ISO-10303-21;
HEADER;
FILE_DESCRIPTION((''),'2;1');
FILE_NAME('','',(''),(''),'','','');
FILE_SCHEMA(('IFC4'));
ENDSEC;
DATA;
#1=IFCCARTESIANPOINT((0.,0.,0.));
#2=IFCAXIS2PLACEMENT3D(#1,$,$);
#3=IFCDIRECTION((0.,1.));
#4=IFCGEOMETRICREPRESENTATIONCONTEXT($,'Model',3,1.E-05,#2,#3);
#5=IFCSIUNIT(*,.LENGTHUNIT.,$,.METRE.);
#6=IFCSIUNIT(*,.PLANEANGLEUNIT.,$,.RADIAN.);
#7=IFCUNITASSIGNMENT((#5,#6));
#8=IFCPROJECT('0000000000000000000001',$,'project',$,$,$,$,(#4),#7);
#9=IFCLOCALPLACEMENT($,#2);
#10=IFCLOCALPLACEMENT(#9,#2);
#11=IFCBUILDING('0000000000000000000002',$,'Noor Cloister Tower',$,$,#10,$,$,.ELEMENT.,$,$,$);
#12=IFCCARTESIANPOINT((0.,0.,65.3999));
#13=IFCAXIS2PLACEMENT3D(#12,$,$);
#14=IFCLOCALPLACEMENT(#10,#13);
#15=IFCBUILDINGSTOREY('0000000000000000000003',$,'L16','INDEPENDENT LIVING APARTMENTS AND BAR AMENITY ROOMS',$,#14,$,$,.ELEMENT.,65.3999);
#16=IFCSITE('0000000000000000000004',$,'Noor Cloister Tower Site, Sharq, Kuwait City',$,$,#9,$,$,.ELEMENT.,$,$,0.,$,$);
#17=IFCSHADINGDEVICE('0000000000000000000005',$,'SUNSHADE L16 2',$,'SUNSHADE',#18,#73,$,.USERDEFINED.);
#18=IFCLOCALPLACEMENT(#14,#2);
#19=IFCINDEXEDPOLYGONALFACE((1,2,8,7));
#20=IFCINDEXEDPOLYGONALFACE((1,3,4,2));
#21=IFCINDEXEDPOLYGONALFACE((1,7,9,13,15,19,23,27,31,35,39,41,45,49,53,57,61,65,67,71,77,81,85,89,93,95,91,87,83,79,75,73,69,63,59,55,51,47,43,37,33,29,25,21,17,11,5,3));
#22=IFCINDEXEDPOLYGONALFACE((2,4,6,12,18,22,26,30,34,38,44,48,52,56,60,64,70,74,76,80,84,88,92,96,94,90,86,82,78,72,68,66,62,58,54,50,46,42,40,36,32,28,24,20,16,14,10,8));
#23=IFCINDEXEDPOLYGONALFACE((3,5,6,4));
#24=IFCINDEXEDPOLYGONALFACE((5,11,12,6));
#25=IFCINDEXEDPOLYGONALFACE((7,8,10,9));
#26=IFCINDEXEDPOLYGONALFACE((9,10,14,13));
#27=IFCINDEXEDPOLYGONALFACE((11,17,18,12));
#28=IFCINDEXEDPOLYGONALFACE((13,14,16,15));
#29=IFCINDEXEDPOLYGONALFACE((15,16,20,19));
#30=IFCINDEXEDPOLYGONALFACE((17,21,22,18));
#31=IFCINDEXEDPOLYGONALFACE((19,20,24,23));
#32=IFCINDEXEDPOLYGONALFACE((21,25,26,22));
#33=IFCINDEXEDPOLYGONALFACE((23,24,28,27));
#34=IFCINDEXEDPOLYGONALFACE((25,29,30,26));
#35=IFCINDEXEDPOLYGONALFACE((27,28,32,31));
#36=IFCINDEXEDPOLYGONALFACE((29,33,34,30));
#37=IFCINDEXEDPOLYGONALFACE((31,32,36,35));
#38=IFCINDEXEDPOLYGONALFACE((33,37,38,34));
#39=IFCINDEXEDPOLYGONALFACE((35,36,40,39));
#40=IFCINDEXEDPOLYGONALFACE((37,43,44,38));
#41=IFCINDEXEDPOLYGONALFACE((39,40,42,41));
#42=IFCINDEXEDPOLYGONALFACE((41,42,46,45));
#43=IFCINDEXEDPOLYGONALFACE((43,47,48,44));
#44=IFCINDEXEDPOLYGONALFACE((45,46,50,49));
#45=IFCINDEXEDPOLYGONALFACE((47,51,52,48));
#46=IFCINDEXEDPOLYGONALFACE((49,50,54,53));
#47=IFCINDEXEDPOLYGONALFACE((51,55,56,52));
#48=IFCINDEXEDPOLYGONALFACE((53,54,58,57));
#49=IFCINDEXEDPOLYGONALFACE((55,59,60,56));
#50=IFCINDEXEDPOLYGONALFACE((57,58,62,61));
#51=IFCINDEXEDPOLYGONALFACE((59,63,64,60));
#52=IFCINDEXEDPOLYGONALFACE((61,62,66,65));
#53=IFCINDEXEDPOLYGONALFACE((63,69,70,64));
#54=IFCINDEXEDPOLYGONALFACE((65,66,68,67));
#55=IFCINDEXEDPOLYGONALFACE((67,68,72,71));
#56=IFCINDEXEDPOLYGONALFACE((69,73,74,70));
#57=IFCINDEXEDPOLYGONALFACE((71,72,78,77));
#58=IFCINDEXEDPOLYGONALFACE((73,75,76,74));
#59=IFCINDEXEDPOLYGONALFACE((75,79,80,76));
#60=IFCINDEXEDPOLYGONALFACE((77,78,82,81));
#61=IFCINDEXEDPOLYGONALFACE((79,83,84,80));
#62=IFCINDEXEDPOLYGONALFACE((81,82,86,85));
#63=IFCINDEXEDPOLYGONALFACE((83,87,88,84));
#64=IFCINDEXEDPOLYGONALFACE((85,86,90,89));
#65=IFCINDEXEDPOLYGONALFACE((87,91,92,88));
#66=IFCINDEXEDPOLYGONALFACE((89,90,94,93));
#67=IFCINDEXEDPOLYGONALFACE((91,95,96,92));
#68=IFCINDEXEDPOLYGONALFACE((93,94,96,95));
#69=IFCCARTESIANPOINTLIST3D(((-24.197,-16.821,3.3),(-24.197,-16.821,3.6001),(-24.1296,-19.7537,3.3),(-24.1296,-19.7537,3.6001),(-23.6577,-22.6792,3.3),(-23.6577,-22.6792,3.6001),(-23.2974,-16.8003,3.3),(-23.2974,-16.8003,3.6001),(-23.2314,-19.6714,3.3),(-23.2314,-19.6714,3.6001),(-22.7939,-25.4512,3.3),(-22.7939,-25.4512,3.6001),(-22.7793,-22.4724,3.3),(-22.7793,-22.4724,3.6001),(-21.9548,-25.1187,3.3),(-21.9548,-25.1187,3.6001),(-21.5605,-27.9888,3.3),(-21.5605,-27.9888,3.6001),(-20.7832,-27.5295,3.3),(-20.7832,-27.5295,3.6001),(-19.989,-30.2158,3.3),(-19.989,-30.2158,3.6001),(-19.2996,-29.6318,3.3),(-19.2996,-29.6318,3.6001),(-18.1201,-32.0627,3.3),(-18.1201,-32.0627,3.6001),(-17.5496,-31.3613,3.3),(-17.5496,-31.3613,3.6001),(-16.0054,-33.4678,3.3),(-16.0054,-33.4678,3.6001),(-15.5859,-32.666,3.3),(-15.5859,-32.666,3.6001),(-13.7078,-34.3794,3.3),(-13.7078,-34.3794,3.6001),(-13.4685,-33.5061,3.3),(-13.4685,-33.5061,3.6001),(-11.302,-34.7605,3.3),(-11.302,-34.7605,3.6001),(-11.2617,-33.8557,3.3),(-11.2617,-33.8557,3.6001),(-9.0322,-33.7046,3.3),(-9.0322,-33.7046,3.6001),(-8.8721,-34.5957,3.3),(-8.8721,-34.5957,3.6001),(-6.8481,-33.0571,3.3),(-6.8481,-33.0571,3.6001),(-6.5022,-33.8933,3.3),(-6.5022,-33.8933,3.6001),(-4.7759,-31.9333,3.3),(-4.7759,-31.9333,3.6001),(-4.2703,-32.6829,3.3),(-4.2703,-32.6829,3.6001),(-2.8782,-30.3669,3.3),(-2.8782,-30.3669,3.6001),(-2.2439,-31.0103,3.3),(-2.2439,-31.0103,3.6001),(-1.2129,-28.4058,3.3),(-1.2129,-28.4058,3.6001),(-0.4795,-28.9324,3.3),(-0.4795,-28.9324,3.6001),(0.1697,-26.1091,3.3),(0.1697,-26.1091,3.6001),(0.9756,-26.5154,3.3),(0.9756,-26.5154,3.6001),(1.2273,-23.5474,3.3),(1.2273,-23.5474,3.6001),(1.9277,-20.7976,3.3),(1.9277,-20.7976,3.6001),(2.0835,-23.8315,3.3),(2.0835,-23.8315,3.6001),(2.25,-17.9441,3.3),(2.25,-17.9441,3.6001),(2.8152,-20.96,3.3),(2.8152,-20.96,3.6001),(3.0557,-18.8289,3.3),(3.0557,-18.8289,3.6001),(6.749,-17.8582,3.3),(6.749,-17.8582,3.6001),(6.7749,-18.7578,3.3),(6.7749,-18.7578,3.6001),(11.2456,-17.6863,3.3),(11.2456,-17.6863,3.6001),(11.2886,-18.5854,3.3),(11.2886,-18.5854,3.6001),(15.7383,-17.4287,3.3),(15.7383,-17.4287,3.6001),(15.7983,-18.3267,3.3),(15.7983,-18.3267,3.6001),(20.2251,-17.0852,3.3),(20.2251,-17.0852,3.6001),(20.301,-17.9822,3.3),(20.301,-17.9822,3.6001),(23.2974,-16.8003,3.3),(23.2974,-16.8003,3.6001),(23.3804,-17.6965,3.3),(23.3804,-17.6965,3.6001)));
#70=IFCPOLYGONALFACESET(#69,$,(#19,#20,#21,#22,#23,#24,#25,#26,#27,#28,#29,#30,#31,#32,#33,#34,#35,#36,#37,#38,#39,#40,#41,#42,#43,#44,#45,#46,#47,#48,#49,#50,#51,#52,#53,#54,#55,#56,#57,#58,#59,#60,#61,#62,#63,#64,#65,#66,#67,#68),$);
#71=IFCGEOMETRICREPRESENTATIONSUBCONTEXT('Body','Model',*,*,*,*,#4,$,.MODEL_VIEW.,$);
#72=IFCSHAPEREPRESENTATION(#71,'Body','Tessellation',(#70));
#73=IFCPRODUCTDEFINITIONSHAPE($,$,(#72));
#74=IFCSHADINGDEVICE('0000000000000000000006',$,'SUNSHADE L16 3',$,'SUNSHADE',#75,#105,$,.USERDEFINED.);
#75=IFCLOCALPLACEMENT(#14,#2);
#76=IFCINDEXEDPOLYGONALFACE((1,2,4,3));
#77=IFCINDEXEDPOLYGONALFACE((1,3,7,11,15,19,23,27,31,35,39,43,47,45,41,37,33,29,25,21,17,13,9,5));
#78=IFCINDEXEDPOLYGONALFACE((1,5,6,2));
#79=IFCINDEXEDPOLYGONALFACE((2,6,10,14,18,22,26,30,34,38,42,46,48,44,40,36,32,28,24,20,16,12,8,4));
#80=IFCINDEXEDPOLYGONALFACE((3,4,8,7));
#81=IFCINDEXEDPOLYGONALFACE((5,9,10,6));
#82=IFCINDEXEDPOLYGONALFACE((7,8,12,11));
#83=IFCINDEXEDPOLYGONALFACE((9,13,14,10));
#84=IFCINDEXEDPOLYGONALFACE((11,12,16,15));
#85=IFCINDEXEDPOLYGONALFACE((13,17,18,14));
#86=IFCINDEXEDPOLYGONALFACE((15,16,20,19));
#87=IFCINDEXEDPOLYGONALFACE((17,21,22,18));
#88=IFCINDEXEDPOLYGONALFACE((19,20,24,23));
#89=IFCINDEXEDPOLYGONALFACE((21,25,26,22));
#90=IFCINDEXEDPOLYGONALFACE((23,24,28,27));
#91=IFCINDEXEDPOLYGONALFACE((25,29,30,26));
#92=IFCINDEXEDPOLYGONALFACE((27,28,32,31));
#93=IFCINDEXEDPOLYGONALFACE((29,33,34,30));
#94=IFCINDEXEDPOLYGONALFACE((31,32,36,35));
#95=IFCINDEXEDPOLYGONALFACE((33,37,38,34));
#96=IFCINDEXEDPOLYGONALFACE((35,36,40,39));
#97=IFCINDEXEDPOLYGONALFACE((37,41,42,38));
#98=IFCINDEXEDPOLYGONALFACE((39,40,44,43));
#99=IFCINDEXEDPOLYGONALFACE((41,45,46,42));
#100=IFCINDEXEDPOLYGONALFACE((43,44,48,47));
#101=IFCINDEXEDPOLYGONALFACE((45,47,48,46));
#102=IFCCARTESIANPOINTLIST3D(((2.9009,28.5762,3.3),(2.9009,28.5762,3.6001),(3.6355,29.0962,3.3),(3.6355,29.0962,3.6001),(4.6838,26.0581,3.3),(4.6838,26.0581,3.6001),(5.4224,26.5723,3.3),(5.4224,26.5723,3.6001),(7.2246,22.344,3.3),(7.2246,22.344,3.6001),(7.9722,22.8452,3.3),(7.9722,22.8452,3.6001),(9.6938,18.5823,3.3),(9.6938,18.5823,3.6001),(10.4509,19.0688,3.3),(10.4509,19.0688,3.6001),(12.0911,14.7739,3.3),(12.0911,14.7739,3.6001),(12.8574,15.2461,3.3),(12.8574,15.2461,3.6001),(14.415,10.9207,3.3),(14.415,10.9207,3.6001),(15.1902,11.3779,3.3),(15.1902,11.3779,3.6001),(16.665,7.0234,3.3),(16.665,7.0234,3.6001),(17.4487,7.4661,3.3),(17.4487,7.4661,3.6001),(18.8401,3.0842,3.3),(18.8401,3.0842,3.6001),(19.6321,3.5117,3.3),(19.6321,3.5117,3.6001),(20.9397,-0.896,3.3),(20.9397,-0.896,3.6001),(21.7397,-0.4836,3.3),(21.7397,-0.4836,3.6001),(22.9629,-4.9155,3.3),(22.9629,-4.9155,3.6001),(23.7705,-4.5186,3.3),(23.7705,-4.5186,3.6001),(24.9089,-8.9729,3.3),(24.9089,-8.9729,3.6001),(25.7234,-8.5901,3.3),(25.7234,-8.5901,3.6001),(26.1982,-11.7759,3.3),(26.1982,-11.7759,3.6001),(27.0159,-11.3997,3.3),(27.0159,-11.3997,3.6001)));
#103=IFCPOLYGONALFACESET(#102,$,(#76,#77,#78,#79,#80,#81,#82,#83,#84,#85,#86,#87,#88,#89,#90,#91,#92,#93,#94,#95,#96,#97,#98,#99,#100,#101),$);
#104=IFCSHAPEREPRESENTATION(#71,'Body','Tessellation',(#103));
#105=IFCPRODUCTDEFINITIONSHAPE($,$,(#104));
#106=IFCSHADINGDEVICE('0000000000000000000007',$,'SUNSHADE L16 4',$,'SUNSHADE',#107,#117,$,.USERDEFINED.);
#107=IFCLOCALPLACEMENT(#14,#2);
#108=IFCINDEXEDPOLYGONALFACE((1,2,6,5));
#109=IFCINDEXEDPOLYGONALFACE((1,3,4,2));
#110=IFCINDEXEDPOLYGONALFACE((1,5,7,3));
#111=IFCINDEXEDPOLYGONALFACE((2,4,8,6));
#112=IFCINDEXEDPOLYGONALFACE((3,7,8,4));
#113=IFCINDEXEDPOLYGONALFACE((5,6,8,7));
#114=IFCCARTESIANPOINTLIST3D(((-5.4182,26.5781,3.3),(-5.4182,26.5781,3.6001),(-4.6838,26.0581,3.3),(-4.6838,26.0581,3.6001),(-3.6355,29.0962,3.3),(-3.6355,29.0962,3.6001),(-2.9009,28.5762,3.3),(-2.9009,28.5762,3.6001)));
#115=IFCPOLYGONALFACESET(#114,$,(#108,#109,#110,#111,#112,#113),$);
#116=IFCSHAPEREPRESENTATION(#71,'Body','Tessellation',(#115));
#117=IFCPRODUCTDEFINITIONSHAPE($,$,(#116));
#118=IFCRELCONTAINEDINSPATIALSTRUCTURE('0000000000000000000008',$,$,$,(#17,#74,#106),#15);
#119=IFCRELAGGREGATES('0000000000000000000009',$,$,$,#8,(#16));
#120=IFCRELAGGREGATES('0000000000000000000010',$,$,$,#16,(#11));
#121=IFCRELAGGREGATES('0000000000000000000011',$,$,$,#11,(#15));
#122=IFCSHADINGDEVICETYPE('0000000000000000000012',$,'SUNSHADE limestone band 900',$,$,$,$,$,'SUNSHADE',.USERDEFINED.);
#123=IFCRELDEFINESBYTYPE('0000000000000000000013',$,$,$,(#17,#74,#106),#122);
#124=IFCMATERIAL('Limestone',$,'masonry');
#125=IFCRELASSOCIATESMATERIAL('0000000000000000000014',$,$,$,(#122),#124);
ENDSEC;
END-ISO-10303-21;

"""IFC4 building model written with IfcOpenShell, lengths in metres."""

from ifc_helpers import new_model, si_unit, direction, frame, origin, place, context, subcontext, project, spatial, polyline, outline, extrude, material, type_object, element, save


model = new_model("IFC4")

# Units and contexts
model_context = context("Model", 3, precision=1e-05, world=origin(), true_north=direction((0.0, 1.0)))
body_context = subcontext(model_context, "Body", "Model", "MODEL_VIEW")
ifc_project = project(units=[si_unit("LENGTHUNIT", "METRE"), si_unit("PLANEANGLEUNIT", "RADIAN")], contexts=[model_context])

# Site, building, storey
site_placement = place(None, origin())
site = spatial("IfcSite", under=ifc_project, at=site_placement, Name="Noor Cloister Tower Site, Sharq, Kuwait City", CompositionType="ELEMENT", RefElevation=0.0)
building_placement = place(site_placement, origin())
building = spatial("IfcBuilding", under=site, at=building_placement, Name="Noor Cloister Tower", CompositionType="ELEMENT")
storey_placement = place(building_placement, frame((0.0, 0.0, 65.3999)))
storey = spatial("IfcBuildingStorey", under=building, at=storey_placement, Name="L16", Description="INDEPENDENT LIVING APARTMENTS AND BAR AMENITY ROOMS", CompositionType="ELEMENT", Elevation=65.3999)

# Shading devices
ifc_material_1 = material(Name="Limestone", Category="masonry")
shading_device_type = type_object("IfcShadingDeviceType", Name="SUNSHADE limestone band 900", ElementType="SUNSHADE", PredefinedType="USERDEFINED", material=ifc_material_1)
shading_device_1_placement = place(storey_placement, frame((0.0, 0.0, 3.3)))
element("IfcShadingDevice", 1, at=shading_device_1_placement, inside=storey, type_object=shading_device_type, Name="SUNSHADE L16 2", ObjectType="SUNSHADE", PredefinedType="USERDEFINED", context=body_context, shape_type="SweptSolid", body=[
    extrude(outline(polyline([(-24.197, -16.821), (-24.1296, -19.7537), (-23.6577, -22.6792), (-22.7939, -25.4512), (-21.5605, -27.9888), (-19.989, -30.2158), (-18.1201, -32.0627), (-16.0054, -33.4678), (-13.7078, -34.3794), (-11.302, -34.7605), (-8.8721, -34.5957), (-6.5022, -33.8933), (-4.2703, -32.6829), (-2.2439, -31.0103), (-0.4795, -28.9324), (0.9756, -26.5154), (2.0835, -23.8315), (2.8152, -20.96), (3.0557, -18.8289), (6.7749, -18.7578), (11.2886, -18.5854), (15.7983, -18.3267), (20.301, -17.9822), (23.3804, -17.6965), (23.2974, -16.8003), (20.2251, -17.0852), (15.7383, -17.4287), (11.2456, -17.6863), (6.749, -17.8582), (2.25, -17.9441), (1.9277, -20.7976), (1.2273, -23.5474), (0.1697, -26.1091), (-1.2129, -28.4058), (-2.8782, -30.3669), (-4.7759, -31.9333), (-6.8481, -33.0571), (-9.0322, -33.7046), (-11.2617, -33.8557), (-13.4685, -33.5061), (-15.5859, -32.666), (-17.5496, -31.3613), (-19.2996, -29.6318), (-20.7832, -27.5295), (-21.9548, -25.1187), (-22.7793, -22.4724), (-23.2314, -19.6714), (-23.2974, -16.8003), (-24.197, -16.821)])), origin(), (0.0, 0.0, 1.0), 0.3),
])
shading_device_2_placement = place(storey_placement, frame((0.0, 0.0, 3.3)))
element("IfcShadingDevice", 2, at=shading_device_2_placement, inside=storey, type_object=shading_device_type, Name="SUNSHADE L16 3", ObjectType="SUNSHADE", PredefinedType="USERDEFINED", context=body_context, shape_type="SweptSolid", body=[
    extrude(outline(polyline([(27.0159, -11.3997), (25.7234, -8.5901), (23.7705, -4.5186), (21.7397, -0.4836), (19.6321, 3.5117), (17.4487, 7.4661), (15.1902, 11.3779), (12.8574, 15.2461), (10.4509, 19.0688), (7.9722, 22.8452), (5.4224, 26.5723), (3.6355, 29.0962), (2.9009, 28.5762), (4.6838, 26.0581), (7.2246, 22.344), (9.6938, 18.5823), (12.0911, 14.7739), (14.415, 10.9207), (16.665, 7.0234), (18.8401, 3.0842), (20.9397, -0.896), (22.9629, -4.9155), (24.9089, -8.9729), (26.1982, -11.7759), (27.0159, -11.3997)])), origin(), (0.0, 0.0, 1.0), 0.3),
])
shading_device_3_placement = place(storey_placement, frame((0.0, 0.0, 3.3)))
element("IfcShadingDevice", 3, at=shading_device_3_placement, inside=storey, type_object=shading_device_type, Name="SUNSHADE L16 4", ObjectType="SUNSHADE", PredefinedType="USERDEFINED", context=body_context, shape_type="SweptSolid", body=[
    extrude(outline(polyline([(-3.6355, 29.0962), (-5.4182, 26.5781), (-4.6838, 26.0581), (-2.9009, 28.5762), (-3.6355, 29.0962)])), origin(), (0.0, 0.0, 1.0), 0.3),
])

save(model, "model.ifc")
